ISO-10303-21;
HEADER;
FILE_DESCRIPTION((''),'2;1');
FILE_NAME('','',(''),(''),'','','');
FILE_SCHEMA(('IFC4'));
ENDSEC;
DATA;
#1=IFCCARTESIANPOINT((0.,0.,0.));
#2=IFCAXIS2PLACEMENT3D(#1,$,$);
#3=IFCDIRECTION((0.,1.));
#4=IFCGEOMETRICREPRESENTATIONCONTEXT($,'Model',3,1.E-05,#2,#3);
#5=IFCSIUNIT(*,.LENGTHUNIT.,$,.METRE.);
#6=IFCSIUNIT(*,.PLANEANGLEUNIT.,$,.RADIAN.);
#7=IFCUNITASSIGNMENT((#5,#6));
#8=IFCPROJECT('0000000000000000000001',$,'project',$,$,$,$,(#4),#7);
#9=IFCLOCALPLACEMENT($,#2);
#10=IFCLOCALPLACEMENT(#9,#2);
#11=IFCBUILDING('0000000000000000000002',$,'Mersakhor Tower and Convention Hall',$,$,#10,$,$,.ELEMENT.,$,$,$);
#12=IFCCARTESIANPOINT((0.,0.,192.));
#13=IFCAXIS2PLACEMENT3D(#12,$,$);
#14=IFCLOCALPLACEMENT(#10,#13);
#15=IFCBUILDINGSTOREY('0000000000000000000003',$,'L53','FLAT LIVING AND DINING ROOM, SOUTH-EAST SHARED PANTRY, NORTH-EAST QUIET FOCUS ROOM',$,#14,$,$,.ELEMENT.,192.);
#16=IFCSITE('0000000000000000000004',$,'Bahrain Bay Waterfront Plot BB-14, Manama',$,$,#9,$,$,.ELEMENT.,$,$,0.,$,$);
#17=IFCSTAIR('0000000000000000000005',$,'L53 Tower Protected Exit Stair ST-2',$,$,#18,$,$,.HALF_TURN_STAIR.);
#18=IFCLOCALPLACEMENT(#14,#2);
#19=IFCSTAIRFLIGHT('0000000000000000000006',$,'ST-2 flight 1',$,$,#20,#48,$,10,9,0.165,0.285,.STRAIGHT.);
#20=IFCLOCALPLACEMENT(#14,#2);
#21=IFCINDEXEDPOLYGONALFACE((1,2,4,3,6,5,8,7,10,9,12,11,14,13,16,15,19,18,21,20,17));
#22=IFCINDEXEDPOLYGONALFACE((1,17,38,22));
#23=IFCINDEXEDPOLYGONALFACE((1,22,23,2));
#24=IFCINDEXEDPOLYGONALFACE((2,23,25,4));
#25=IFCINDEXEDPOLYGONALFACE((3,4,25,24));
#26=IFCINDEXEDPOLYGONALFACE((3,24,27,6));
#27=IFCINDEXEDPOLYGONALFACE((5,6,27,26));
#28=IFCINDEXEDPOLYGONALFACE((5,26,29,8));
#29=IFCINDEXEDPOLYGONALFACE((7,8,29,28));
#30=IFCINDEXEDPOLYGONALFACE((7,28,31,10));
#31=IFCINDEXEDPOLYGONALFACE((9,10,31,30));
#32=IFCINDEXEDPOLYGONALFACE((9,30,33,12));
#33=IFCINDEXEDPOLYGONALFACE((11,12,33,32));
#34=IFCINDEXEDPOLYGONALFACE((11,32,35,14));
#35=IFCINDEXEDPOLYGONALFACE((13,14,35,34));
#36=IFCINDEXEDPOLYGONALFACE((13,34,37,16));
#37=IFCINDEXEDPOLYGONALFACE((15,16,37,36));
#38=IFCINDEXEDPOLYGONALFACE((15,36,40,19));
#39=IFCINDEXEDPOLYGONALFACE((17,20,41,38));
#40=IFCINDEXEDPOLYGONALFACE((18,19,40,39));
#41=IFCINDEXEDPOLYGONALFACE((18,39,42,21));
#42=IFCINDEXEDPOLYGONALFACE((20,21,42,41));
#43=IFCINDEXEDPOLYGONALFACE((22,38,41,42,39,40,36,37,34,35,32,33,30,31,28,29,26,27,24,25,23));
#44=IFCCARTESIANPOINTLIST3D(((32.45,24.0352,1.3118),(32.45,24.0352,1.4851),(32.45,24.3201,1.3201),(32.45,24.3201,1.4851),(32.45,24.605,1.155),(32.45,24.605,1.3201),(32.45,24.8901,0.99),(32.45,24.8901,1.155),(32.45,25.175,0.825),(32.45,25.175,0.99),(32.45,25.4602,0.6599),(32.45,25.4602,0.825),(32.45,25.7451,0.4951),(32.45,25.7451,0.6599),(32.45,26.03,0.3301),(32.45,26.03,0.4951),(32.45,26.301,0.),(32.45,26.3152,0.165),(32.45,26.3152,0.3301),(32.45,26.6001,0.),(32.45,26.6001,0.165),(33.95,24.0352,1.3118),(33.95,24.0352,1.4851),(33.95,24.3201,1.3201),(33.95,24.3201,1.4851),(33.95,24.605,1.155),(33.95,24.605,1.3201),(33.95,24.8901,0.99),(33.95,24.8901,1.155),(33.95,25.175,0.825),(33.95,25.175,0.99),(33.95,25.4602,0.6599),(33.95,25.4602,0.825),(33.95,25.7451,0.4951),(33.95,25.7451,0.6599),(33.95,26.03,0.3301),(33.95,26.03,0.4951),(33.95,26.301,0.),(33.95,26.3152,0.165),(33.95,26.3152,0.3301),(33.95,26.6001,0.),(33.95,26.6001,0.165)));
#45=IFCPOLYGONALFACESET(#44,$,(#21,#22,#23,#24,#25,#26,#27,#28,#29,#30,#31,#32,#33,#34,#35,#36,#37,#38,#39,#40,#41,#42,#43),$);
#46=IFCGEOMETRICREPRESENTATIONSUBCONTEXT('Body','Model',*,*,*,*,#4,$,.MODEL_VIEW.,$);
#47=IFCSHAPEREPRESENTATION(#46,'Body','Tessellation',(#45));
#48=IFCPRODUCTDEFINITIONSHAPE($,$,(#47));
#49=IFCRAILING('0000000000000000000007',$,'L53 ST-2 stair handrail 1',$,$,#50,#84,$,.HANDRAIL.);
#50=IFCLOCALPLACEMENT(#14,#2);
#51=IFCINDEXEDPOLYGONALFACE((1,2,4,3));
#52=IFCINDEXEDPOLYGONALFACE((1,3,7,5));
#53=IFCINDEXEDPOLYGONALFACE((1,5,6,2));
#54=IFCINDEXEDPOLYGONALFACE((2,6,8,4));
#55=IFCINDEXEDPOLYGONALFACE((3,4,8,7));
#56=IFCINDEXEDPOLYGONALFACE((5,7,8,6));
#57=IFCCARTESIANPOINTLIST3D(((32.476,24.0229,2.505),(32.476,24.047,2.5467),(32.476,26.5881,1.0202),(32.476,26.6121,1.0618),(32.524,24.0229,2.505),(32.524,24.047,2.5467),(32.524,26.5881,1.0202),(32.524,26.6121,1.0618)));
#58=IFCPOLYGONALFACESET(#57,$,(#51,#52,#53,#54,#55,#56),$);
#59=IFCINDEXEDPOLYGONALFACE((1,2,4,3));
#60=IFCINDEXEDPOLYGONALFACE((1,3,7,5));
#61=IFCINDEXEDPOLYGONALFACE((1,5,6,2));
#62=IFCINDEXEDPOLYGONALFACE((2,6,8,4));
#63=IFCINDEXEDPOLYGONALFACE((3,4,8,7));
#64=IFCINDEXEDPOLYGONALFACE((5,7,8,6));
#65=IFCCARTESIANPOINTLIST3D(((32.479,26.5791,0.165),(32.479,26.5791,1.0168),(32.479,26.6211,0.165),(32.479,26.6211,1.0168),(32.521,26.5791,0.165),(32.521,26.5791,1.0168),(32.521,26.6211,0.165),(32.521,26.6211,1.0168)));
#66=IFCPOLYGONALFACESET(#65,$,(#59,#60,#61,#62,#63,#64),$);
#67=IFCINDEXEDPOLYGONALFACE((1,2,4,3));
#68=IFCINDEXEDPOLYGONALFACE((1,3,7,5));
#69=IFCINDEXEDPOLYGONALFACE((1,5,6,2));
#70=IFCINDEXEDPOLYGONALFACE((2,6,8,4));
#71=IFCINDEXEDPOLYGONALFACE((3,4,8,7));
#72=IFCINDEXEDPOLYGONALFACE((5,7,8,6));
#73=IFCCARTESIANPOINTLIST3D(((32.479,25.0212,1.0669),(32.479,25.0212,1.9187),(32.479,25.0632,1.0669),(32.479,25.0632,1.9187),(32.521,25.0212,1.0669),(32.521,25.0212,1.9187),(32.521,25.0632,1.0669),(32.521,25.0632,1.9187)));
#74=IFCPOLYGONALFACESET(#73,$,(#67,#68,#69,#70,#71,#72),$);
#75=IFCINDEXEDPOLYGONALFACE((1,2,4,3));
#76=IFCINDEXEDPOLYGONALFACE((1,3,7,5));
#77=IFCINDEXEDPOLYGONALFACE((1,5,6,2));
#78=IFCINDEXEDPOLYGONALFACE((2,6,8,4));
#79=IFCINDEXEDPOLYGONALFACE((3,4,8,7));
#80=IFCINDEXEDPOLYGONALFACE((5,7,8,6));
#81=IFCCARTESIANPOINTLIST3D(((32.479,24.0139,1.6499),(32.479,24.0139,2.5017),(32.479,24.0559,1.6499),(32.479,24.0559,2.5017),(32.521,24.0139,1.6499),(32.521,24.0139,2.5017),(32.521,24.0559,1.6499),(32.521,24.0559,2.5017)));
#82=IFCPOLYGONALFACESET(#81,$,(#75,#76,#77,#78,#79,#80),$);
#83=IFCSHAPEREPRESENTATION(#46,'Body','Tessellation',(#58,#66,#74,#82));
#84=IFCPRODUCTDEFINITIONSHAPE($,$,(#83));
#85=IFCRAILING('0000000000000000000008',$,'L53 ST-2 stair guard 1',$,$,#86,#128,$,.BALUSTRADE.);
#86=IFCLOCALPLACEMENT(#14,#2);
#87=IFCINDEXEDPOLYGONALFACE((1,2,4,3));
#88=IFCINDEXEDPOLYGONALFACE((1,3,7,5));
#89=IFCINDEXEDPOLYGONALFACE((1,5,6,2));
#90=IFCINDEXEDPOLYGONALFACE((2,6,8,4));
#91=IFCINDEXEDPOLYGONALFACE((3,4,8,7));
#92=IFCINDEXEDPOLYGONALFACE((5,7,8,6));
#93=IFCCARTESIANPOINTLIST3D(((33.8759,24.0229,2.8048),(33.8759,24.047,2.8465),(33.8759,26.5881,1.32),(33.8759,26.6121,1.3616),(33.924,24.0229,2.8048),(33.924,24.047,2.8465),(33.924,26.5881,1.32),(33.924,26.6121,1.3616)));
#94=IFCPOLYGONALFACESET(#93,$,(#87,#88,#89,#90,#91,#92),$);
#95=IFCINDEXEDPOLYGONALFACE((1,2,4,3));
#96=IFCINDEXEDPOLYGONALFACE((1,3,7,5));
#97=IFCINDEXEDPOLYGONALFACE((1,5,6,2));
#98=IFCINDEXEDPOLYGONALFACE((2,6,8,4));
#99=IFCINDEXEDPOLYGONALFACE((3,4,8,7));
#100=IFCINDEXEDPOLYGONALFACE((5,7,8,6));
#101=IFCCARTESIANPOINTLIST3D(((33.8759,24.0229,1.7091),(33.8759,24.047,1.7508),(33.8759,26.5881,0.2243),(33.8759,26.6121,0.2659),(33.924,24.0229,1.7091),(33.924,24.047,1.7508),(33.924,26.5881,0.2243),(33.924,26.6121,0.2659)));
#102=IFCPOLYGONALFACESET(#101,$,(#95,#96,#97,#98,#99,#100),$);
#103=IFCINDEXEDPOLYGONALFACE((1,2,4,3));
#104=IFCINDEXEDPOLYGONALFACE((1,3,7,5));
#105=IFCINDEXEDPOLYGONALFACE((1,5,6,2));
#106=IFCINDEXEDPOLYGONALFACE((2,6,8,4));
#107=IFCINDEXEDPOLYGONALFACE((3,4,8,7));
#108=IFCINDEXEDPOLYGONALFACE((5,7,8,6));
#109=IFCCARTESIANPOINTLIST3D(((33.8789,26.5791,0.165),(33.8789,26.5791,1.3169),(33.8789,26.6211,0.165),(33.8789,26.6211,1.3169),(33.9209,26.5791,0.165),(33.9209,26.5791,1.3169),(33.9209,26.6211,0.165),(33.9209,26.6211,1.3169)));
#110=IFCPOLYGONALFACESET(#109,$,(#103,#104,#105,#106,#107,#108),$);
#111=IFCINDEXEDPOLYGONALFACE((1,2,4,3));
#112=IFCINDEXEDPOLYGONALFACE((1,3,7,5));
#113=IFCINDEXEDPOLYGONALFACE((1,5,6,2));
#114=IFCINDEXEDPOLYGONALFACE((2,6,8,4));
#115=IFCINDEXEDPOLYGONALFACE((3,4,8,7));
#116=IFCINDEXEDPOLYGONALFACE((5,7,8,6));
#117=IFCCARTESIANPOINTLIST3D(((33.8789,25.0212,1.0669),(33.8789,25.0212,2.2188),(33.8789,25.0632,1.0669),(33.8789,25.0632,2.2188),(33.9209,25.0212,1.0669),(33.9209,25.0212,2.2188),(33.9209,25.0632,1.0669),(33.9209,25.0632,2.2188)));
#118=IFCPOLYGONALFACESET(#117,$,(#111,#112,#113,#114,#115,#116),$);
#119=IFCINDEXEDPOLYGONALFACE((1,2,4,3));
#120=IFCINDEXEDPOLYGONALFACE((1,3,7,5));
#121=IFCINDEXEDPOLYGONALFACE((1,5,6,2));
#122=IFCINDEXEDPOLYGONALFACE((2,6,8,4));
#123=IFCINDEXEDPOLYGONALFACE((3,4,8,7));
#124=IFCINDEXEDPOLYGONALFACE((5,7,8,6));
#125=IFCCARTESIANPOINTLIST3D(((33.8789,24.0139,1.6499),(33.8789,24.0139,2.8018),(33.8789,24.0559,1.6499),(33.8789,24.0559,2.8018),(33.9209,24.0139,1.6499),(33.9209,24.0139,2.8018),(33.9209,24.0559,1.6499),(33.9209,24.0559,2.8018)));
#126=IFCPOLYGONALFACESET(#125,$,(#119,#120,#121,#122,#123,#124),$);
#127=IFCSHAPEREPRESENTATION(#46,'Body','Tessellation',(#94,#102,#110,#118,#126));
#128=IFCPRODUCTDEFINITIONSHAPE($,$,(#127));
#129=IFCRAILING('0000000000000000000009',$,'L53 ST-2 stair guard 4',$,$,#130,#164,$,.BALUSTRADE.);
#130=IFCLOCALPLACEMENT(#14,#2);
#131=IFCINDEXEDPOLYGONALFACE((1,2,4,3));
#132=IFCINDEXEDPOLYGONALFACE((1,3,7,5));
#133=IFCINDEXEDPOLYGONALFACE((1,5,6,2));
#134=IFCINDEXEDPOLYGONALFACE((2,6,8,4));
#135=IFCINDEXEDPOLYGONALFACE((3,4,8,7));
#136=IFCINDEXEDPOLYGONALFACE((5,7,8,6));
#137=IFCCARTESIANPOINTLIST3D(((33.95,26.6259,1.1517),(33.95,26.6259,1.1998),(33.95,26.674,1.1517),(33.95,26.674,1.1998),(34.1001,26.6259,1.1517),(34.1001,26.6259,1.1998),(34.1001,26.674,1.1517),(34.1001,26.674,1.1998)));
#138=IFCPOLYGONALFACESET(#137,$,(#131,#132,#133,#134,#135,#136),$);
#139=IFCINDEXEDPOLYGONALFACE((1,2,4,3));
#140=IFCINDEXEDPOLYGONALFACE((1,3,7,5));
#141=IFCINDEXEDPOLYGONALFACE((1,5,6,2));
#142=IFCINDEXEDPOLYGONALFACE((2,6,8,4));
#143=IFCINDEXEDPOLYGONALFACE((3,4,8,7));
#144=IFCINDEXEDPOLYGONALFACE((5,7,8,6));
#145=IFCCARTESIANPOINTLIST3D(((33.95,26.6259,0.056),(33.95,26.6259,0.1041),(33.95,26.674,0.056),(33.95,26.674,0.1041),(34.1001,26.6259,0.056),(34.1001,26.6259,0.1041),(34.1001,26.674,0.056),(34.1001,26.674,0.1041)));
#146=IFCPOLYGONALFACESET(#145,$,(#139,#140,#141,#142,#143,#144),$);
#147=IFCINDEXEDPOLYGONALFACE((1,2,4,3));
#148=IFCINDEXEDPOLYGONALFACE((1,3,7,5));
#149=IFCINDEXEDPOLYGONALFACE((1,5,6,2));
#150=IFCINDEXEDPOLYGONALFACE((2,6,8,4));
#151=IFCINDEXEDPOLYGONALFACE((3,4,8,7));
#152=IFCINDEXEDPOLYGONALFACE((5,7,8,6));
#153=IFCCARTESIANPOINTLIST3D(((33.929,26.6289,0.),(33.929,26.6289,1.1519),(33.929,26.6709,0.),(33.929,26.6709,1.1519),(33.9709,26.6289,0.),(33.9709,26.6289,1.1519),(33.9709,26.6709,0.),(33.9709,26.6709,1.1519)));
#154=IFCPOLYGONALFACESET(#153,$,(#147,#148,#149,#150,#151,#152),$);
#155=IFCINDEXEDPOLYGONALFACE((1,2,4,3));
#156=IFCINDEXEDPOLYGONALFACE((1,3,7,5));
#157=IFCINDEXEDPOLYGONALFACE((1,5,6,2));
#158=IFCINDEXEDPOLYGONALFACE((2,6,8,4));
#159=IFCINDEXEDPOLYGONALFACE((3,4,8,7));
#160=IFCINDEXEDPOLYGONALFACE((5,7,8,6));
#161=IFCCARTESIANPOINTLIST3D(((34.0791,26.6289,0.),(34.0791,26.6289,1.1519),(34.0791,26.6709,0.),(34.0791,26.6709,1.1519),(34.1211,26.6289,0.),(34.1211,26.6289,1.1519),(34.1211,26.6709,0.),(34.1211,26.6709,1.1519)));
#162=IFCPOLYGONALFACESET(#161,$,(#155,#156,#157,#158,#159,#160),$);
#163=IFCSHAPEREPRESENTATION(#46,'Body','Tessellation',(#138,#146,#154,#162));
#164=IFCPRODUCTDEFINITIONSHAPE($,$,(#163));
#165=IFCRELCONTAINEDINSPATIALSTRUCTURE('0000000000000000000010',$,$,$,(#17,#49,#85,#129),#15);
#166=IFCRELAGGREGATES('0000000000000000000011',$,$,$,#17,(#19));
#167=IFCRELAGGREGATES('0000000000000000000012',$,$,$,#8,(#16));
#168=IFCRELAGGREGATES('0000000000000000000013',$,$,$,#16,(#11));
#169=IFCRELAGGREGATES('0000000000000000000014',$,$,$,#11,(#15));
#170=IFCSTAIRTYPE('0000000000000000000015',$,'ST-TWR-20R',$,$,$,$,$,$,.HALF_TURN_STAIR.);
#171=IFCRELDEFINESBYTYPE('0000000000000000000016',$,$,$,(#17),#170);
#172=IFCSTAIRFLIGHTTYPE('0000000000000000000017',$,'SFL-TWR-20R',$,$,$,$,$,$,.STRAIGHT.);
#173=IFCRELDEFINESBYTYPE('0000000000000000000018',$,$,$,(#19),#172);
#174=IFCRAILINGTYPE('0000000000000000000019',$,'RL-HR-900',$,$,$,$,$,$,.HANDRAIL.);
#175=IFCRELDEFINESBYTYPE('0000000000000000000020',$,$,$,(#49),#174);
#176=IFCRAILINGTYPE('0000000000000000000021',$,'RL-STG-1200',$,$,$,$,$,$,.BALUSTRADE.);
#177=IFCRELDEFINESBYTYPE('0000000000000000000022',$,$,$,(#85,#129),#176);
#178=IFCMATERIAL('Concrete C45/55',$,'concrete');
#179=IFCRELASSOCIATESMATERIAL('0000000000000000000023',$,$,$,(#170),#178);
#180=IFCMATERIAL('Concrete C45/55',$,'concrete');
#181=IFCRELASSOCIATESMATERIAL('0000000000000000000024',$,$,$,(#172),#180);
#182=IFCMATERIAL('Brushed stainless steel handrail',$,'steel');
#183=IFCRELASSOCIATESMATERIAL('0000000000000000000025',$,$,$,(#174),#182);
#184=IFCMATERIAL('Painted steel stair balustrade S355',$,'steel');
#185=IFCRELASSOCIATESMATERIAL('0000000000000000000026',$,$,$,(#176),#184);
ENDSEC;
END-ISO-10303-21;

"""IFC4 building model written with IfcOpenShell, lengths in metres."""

from ifc_helpers import new_model, si_unit, direction, frame, origin, origin_2d, place, context, subcontext, project, spatial, polyline, rectangle, outline, extrude, material, type_object, element, aggregate, save


model = new_model("IFC4")

# Units and contexts
model_context = context("Model", 3, precision=1e-05, world=origin(), true_north=direction((0.0, 1.0)))
body_context = subcontext(model_context, "Body", "Model", "MODEL_VIEW")
ifc_project = project(units=[si_unit("LENGTHUNIT", "METRE"), si_unit("PLANEANGLEUNIT", "RADIAN")], contexts=[model_context])

# Site, building, storey
site_placement = place(None, origin())
site = spatial("IfcSite", under=ifc_project, at=site_placement, Name="Bahrain Bay Waterfront Plot BB-14, Manama", CompositionType="ELEMENT", RefElevation=0.0)
building_placement = place(site_placement, origin())
building = spatial("IfcBuilding", under=site, at=building_placement, Name="Mersakhor Tower and Convention Hall", CompositionType="ELEMENT")
storey_placement = place(building_placement, frame((0.0, 0.0, 192.0)))
storey = spatial("IfcBuildingStorey", under=building, at=storey_placement, Name="L53", Description="FLAT LIVING AND DINING ROOM, SOUTH-EAST SHARED PANTRY, NORTH-EAST QUIET FOCUS ROOM", CompositionType="ELEMENT", Elevation=192.0)

# Stair, stair flight
ifc_material_1 = material(Name="Concrete C45/55", Category="concrete")
stair_type = type_object("IfcStairType", Name="ST-TWR-20R", PredefinedType="HALF_TURN_STAIR", material=ifc_material_1)
stair_placement = place(storey_placement, origin())
stair = element("IfcStair", 1, at=stair_placement, inside=storey, type_object=stair_type, Name="L53 Tower Protected Exit Stair ST-2", PredefinedType="HALF_TURN_STAIR")
ifc_material_2 = material(Name="Concrete C45/55", Category="concrete")
stair_flight_type = type_object("IfcStairFlightType", Name="SFL-TWR-20R", PredefinedType="STRAIGHT", material=ifc_material_2)
stair_flight_placement = place(storey_placement, frame((33.2, 26.6001, 0.0), z_axis=(0.0, 0.0, 1.0), x_axis=(0.0, -1.0, 0.0)))
stair_flight = element("IfcStairFlight", 2, at=stair_flight_placement, type_object=stair_flight_type, Name="ST-2 flight 1", NumberOfRisers=10, NumberOfTreads=9, PredefinedType="STRAIGHT", RiserHeight=0.165, TreadLength=0.285, context=body_context, shape_type="SweptSolid", body=[
    extrude(outline(polyline([(0.0, 0.0), (0.0, 0.165), (0.2849, 0.165), (0.2849, 0.3301), (0.5701, 0.3301), (0.5701, 0.4951), (0.855, 0.4951), (0.855, 0.6599), (1.1399, 0.6599), (1.1399, 0.825), (1.425, 0.825), (1.425, 0.99), (1.71, 0.99), (1.71, 1.155), (1.9951, 1.155), (1.9951, 1.3201), (2.28, 1.3201), (2.28, 1.4851), (2.5649, 1.4851), (2.5649, 1.6499), (2.5649, 1.3118), (0.2991, 0.0), (0.0, 0.0)])), frame((0.0, 0.75, 0.0), z_axis=(0.0, -1.0, 0.0), x_axis=(1.0, 0.0, 0.0)), (0.0, 0.0, 1.0), 1.5),
])
aggregate(stair, [stair_flight])

# Railings
ifc_material_3 = material(Name="Brushed stainless steel handrail", Category="steel")
railing_type_1 = type_object("IfcRailingType", Name="RL-HR-900", PredefinedType="HANDRAIL", material=ifc_material_3)
railing_1_placement = place(storey_placement, frame((32.5, 26.6001, 0.165)))
element("IfcRailing", 3, at=railing_1_placement, inside=storey, type_object=railing_type_1, Name="L53 ST-2 stair handrail 1", PredefinedType="HANDRAIL", context=body_context, shape_type="SweptSolid", body=[
    extrude(rectangle(XDim=0.0481, YDim=0.0481, at=origin_2d()), frame((0.0, 0.0, 0.876), z_axis=(0.0, -0.865462, 0.500975), x_axis=(1.0, 0.0, 0.0)), (0.0, 0.0, 1.0), 2.9639),
    extrude(rectangle(XDim=0.042, YDim=0.042, at=origin_2d()), origin(), (0.0, 0.0, 1.0), 0.8518),
    extrude(rectangle(XDim=0.042, YDim=0.042, at=origin_2d()), frame((0.0, -1.5579, 0.9019)), (0.0, 0.0, 1.0), 0.8518),
    extrude(rectangle(XDim=0.042, YDim=0.042, at=origin_2d()), frame((0.0, -2.5652, 1.4849)), (0.0, 0.0, 1.0), 0.8518),
])
ifc_material_4 = material(Name="Painted steel stair balustrade S355", Category="steel")
railing_type_2 = type_object("IfcRailingType", Name="RL-STG-1200", PredefinedType="BALUSTRADE", material=ifc_material_4)
railing_2_placement = place(storey_placement, frame((33.8999, 26.6001, 0.165)))
element("IfcRailing", 4, at=railing_2_placement, inside=storey, type_object=railing_type_2, Name="L53 ST-2 stair guard 1", PredefinedType="BALUSTRADE", context=body_context, shape_type="SweptSolid", body=[
    extrude(rectangle(XDim=0.0481, YDim=0.0481, at=origin_2d()), frame((0.0, 0.0, 1.1758), z_axis=(0.0, -0.865462, 0.500975), x_axis=(1.0, 0.0, 0.0)), (0.0, 0.0, 1.0), 2.9639),
    extrude(rectangle(XDim=0.0481, YDim=0.0481, at=origin_2d()), frame((0.0, 0.0, 0.0801), z_axis=(0.0, -0.865462, 0.500975), x_axis=(1.0, 0.0, 0.0)), (0.0, 0.0, 1.0), 2.9639),
    extrude(rectangle(XDim=0.042, YDim=0.042, at=origin_2d()), origin(), (0.0, 0.0, 1.0), 1.1519),
    extrude(rectangle(XDim=0.042, YDim=0.042, at=origin_2d()), frame((0.0, -1.5579, 0.9019)), (0.0, 0.0, 1.0), 1.1519),
    extrude(rectangle(XDim=0.042, YDim=0.042, at=origin_2d()), frame((0.0, -2.5652, 1.4849)), (0.0, 0.0, 1.0), 1.1519),
])
railing_3_placement = place(storey_placement, frame((33.95, 26.6499, 0.0)))
element("IfcRailing", 5, at=railing_3_placement, inside=storey, type_object=railing_type_2, Name="L53 ST-2 stair guard 4", PredefinedType="BALUSTRADE", context=body_context, shape_type="SweptSolid", body=[
    extrude(rectangle(XDim=0.0481, YDim=0.0481, at=origin_2d()), frame((0.0, 0.0, 1.1758), z_axis=(1.0, 0.0, 0.0), x_axis=(0.0, 1.0, 0.0)), (0.0, 0.0, 1.0), 0.1501),
    extrude(rectangle(XDim=0.0481, YDim=0.0481, at=origin_2d()), frame((0.0, 0.0, 0.0801), z_axis=(1.0, 0.0, 0.0), x_axis=(0.0, 1.0, 0.0)), (0.0, 0.0, 1.0), 0.1501),
    extrude(rectangle(XDim=0.042, YDim=0.042, at=origin_2d()), origin(), (0.0, 0.0, 1.0), 1.1519),
    extrude(rectangle(XDim=0.042, YDim=0.042, at=origin_2d()), frame((0.1501, 0.0, 0.0)), (0.0, 0.0, 1.0), 1.1519),
])

save(model, "model.ifc")
